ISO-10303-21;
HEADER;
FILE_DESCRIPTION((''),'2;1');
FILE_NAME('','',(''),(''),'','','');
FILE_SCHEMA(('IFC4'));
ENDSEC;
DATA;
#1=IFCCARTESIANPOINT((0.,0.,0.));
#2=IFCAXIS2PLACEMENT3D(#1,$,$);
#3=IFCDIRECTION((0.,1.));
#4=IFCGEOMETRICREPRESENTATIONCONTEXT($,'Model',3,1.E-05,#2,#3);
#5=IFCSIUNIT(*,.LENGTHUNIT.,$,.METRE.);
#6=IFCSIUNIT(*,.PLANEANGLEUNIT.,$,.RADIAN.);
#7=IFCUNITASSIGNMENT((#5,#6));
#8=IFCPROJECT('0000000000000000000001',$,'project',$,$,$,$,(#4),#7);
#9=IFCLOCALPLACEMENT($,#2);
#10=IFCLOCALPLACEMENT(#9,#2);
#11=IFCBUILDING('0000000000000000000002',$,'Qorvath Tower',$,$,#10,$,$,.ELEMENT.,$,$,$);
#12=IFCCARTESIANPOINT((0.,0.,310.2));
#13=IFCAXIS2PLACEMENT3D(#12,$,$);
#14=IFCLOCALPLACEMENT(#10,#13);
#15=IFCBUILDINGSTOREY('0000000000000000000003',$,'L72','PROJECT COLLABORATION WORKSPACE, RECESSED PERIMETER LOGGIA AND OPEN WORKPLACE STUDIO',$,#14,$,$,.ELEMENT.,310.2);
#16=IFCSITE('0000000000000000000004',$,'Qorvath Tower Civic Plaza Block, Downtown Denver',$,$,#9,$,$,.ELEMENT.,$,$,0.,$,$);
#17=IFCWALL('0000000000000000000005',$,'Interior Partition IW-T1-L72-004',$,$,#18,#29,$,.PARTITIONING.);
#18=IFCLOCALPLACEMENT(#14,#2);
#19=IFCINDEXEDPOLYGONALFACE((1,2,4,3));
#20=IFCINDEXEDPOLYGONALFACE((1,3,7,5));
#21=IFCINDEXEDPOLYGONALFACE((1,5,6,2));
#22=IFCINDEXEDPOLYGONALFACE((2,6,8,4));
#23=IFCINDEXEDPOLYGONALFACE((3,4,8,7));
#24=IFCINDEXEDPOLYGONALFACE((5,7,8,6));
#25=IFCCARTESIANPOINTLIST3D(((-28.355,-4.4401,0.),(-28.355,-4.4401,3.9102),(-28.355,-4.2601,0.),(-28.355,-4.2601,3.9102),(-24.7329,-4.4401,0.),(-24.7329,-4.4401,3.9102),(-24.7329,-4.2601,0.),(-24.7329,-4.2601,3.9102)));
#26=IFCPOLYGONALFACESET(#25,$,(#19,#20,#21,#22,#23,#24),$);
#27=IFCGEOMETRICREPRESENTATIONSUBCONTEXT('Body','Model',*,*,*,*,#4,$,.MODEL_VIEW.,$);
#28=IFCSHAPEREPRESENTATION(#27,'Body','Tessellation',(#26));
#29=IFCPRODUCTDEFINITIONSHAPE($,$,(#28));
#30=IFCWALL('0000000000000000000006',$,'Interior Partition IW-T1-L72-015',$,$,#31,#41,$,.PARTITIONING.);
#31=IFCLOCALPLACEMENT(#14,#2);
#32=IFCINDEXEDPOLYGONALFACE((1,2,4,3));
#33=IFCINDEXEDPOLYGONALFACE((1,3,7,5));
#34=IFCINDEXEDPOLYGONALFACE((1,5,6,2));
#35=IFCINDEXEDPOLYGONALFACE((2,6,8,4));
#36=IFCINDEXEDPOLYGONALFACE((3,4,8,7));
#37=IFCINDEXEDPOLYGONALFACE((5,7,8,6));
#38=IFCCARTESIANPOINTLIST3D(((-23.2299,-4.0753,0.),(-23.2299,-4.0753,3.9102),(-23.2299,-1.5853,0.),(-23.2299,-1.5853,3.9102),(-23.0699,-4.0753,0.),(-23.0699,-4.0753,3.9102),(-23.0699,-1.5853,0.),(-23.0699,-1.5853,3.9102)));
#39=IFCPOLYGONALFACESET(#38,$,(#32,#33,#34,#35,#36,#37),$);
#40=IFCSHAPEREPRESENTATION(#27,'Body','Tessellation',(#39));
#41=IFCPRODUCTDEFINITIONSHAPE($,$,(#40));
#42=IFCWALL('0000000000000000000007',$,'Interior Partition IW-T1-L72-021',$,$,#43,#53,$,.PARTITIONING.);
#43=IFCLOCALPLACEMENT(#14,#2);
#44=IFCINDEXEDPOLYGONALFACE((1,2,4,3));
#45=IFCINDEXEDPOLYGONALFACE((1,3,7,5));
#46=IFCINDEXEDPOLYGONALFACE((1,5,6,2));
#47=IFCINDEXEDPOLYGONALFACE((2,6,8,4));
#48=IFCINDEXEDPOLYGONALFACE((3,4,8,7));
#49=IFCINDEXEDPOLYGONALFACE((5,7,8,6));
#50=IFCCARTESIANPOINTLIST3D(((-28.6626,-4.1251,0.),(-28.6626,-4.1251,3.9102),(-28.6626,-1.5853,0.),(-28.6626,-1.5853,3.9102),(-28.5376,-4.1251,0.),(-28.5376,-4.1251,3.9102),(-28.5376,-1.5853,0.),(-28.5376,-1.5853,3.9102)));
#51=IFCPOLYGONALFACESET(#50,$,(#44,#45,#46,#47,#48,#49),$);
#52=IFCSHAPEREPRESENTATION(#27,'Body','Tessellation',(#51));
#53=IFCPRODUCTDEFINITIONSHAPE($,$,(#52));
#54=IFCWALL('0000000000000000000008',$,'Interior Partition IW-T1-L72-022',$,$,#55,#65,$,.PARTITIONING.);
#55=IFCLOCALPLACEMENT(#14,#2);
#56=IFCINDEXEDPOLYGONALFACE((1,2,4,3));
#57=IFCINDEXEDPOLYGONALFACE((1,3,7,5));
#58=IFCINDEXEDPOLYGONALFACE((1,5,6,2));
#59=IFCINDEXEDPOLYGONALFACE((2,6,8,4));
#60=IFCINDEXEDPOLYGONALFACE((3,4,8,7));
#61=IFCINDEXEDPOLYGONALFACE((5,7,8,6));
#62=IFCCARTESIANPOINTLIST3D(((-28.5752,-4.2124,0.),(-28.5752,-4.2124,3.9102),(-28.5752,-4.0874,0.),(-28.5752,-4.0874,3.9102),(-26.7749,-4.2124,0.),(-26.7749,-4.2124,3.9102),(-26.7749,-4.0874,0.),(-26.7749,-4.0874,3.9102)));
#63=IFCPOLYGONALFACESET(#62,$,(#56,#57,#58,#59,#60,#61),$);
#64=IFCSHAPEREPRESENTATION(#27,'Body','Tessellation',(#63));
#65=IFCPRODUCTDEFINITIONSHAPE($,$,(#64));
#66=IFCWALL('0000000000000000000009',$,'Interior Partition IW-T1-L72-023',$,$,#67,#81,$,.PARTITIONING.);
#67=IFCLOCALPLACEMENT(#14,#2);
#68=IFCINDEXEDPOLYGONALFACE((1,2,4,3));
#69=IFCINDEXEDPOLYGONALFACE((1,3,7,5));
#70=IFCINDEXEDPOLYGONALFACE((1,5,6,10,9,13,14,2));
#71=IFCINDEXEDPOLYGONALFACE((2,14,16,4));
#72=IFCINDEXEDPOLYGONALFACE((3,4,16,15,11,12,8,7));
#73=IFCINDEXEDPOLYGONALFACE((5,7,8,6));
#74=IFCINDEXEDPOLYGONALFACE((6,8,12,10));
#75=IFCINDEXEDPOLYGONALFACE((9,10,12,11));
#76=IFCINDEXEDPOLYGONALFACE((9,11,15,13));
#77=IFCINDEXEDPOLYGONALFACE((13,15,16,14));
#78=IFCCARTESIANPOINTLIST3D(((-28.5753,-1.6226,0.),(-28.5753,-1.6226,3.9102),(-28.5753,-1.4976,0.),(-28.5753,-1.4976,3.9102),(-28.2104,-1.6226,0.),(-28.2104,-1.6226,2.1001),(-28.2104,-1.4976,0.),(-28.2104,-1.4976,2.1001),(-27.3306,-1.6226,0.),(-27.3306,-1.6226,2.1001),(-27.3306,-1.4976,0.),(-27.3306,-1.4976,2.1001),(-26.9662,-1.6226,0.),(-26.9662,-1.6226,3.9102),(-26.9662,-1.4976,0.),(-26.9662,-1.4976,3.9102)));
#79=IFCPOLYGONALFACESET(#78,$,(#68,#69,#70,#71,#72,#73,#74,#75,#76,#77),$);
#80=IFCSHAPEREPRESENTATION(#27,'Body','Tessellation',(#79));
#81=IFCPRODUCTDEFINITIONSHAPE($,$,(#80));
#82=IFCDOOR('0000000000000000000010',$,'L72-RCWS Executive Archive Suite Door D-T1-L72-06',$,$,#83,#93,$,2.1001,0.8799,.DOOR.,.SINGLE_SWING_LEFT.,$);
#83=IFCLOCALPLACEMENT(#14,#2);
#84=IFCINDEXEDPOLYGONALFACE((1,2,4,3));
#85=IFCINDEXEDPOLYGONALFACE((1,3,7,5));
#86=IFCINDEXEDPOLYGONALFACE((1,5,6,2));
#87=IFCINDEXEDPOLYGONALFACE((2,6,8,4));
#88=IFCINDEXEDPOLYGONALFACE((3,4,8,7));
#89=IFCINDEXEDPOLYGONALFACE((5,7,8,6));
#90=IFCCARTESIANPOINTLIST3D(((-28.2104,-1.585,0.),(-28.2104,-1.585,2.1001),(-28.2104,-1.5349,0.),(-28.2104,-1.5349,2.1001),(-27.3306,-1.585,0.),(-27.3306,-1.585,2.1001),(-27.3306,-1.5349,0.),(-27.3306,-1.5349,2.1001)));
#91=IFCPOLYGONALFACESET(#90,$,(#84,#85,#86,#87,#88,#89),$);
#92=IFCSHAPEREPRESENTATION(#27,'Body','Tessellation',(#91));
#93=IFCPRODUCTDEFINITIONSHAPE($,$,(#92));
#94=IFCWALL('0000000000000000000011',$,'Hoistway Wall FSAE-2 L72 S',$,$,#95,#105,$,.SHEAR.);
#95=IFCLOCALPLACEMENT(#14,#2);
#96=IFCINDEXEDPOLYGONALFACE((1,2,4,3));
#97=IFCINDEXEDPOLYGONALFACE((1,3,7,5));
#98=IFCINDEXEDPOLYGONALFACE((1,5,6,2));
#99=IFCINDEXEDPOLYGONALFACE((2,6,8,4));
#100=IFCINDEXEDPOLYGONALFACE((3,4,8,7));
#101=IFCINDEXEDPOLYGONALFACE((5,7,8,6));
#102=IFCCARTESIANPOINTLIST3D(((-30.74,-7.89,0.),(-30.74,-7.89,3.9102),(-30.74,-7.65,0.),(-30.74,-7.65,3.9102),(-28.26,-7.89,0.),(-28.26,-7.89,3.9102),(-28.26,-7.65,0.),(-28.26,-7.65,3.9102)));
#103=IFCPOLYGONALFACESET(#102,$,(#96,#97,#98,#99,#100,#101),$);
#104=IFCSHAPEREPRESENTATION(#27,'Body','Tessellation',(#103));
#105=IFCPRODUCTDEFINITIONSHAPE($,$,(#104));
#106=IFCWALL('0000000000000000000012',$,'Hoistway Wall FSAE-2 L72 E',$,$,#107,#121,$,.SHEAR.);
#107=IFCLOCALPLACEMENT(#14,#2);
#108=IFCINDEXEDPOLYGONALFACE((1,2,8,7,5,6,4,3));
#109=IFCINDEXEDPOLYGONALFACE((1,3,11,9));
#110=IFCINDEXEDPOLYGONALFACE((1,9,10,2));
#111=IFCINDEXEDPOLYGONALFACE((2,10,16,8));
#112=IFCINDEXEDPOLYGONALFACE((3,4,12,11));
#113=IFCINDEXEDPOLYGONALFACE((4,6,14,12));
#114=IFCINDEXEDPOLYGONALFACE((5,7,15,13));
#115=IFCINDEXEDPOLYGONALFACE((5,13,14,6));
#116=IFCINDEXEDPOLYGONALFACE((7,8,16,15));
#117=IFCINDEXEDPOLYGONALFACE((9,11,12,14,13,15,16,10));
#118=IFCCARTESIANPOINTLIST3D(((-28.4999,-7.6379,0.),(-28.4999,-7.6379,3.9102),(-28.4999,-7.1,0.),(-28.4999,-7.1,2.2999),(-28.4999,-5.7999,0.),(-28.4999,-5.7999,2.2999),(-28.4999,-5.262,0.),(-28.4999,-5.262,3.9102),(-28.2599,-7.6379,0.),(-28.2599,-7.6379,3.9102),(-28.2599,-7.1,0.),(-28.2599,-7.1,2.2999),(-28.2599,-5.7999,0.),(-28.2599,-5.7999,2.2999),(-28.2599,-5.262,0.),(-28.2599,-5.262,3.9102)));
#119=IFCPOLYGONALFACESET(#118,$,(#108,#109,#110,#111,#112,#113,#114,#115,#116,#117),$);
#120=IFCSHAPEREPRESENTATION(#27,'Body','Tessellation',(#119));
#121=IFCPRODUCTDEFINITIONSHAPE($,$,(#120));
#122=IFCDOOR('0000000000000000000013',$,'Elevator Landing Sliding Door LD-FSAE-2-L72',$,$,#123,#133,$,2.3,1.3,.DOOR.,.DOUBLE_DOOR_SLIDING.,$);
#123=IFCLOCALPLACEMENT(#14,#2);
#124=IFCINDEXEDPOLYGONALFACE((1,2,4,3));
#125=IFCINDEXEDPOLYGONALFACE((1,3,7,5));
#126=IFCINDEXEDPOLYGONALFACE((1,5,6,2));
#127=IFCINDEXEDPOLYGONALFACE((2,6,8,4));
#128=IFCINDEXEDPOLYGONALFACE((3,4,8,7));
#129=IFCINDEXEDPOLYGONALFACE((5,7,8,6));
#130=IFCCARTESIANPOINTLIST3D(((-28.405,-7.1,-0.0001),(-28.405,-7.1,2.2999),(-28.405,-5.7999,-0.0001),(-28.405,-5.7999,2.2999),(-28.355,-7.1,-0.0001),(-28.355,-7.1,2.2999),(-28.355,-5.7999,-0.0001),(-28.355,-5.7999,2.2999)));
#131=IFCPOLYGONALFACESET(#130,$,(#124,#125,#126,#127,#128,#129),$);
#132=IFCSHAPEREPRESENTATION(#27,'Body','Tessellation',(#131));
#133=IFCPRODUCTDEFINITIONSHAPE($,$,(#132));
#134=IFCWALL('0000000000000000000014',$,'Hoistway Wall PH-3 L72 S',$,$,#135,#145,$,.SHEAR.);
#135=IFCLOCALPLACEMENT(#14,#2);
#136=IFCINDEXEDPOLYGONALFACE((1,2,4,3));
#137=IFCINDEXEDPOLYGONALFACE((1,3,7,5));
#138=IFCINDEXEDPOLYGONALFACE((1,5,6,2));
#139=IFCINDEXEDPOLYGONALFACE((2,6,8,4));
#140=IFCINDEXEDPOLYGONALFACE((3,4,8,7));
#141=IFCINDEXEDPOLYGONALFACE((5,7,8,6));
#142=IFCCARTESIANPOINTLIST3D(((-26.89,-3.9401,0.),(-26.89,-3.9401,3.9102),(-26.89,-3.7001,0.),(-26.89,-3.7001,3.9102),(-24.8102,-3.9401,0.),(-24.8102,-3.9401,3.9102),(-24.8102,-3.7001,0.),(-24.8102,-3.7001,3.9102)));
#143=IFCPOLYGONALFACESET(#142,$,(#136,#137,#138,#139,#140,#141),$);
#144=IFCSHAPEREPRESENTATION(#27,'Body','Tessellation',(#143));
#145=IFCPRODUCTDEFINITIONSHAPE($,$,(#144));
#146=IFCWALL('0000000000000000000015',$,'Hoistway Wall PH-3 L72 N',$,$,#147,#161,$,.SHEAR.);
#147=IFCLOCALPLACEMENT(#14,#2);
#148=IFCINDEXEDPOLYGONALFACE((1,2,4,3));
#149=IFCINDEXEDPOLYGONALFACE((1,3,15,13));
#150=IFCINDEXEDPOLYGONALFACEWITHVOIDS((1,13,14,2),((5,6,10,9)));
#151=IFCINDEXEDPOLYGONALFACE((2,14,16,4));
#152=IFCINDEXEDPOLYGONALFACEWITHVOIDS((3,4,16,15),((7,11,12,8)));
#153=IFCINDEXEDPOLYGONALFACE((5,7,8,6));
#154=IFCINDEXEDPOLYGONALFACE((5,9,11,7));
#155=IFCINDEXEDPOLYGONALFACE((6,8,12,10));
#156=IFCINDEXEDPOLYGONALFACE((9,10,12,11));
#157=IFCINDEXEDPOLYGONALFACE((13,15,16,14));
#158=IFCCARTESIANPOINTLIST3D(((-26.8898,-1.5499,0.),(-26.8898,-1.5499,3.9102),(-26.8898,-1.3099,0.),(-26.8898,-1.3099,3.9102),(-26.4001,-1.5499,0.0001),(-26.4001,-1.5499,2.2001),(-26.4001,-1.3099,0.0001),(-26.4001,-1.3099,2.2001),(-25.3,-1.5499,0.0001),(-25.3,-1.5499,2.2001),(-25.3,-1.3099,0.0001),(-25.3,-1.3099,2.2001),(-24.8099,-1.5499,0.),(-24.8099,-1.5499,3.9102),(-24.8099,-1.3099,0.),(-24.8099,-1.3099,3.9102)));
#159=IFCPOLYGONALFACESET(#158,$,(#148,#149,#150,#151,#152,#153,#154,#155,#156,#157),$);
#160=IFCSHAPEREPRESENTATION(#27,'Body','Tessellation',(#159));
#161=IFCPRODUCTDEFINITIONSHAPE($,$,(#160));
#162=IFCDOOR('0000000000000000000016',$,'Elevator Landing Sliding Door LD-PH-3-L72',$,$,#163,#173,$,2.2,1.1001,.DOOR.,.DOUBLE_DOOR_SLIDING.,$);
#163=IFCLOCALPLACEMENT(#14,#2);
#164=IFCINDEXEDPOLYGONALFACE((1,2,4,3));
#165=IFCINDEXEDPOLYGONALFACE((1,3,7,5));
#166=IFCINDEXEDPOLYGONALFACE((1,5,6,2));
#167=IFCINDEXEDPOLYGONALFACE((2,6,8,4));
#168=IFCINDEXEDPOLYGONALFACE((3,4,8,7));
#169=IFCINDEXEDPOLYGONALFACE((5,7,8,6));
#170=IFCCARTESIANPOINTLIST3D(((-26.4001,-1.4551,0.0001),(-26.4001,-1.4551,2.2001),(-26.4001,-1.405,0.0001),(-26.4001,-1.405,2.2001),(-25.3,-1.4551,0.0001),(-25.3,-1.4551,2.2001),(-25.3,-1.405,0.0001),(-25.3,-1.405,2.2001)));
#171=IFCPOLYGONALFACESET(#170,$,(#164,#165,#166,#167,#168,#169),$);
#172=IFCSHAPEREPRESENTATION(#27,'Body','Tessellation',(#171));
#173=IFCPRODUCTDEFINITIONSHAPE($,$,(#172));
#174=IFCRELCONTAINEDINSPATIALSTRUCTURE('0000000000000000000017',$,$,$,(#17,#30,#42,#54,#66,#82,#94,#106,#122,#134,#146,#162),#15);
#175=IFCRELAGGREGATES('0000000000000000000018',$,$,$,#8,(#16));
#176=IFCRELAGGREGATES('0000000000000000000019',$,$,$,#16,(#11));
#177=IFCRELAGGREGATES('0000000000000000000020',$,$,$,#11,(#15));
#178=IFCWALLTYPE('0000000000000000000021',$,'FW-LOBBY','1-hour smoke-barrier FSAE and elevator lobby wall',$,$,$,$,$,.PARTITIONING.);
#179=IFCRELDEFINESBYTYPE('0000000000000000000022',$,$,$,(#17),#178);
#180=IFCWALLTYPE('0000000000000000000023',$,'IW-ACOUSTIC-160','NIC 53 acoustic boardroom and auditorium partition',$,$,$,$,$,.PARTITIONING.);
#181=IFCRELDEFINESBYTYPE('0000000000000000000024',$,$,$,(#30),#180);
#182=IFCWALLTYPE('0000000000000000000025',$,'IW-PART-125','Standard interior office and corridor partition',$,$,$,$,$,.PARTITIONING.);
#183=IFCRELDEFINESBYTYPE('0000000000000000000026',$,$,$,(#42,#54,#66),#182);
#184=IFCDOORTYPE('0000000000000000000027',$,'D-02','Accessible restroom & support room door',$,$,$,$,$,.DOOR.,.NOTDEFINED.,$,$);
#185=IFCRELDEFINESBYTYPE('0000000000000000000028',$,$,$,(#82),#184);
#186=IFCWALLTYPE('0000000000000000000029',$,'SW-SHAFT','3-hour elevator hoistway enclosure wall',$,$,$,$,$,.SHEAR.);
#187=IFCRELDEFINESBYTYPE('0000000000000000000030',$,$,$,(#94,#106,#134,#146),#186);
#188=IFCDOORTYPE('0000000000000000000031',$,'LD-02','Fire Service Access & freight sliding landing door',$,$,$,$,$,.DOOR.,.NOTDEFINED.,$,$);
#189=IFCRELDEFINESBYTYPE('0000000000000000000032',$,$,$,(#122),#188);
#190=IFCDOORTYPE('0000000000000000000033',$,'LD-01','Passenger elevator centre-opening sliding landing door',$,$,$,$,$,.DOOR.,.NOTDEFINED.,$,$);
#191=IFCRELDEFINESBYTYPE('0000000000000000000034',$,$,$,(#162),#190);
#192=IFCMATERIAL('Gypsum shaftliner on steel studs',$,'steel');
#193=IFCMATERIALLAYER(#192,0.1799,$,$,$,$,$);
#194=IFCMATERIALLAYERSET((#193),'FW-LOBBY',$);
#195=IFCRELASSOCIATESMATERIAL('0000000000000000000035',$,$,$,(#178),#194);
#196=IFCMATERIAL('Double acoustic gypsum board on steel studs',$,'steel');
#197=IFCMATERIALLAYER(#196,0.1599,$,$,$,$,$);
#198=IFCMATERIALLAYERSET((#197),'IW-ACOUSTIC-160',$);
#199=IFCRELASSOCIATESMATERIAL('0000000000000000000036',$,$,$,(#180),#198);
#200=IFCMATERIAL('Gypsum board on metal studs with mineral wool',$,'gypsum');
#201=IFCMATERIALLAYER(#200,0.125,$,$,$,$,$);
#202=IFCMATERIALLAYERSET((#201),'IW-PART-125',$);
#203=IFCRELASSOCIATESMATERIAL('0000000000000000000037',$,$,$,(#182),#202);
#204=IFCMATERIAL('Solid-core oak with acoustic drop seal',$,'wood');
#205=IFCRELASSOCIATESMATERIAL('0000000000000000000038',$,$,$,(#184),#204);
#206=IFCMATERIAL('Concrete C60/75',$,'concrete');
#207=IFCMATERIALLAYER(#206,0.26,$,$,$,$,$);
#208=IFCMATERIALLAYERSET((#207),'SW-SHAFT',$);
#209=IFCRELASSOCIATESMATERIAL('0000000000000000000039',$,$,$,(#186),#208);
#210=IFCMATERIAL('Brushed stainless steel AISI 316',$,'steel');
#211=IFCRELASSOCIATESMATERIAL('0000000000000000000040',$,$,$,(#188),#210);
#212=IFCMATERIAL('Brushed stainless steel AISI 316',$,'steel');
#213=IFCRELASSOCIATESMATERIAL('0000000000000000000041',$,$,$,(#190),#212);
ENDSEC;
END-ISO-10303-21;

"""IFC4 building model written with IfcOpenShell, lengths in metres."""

from ifc_helpers import new_model, si_unit, direction, frame, frame_2d, origin, place, context, subcontext, project, spatial, rectangle, extrude, material, layer, layer_set, type_object, element, fill, save


model = new_model("IFC4")

# Units and contexts
model_context = context("Model", 3, precision=1e-05, world=origin(), true_north=direction((0.0, 1.0)))
body_context = subcontext(model_context, "Body", "Model", "MODEL_VIEW")
ifc_project = project(units=[si_unit("LENGTHUNIT", "METRE"), si_unit("PLANEANGLEUNIT", "RADIAN")], contexts=[model_context])

# Site, building, storey
site_placement = place(None, origin())
site = spatial("IfcSite", under=ifc_project, at=site_placement, Name="Qorvath Tower Civic Plaza Block, Downtown Denver", CompositionType="ELEMENT", RefElevation=0.0)
building_placement = place(site_placement, origin())
building = spatial("IfcBuilding", under=site, at=building_placement, Name="Qorvath Tower", CompositionType="ELEMENT")
storey_placement = place(building_placement, frame((0.0, 0.0, 310.2)))
storey = spatial("IfcBuildingStorey", under=building, at=storey_placement, Name="L72", Description="PROJECT COLLABORATION WORKSPACE, RECESSED PERIMETER LOGGIA AND OPEN WORKPLACE STUDIO", CompositionType="ELEMENT", Elevation=310.2)

# Shared definitions
ifc_material_1 = material(Name="Gypsum shaftliner on steel studs", Category="steel")
ifc_layer_1 = layer(ifc_material_1, 0.1799)
ifc_layer_set_1 = layer_set([ifc_layer_1], Name="FW-LOBBY")
wall_type_1 = type_object("IfcWallType", Name="FW-LOBBY", Description="1-hour smoke-barrier FSAE and elevator lobby wall", PredefinedType="PARTITIONING", material=ifc_layer_set_1)

# Walls
wall_1_placement = place(storey_placement, frame((-24.7329, -4.3501, 0.0), z_axis=(0.0, 0.0, 1.0), x_axis=(-1.0, 0.0, 0.0)))
element("IfcWall", 1, at=wall_1_placement, inside=storey, type_object=wall_type_1, Name="Interior Partition IW-T1-L72-004", PredefinedType="PARTITIONING", context=body_context, shape_type="SweptSolid", body=[
    extrude(rectangle(XDim=3.6221, YDim=0.1799, at=frame_2d((1.811, 0.0))), origin(), (0.0, 0.0, 1.0), 3.9102),
])
ifc_material_2 = material(Name="Double acoustic gypsum board on steel studs", Category="steel")
ifc_layer_2 = layer(ifc_material_2, 0.1599)
ifc_layer_set_2 = layer_set([ifc_layer_2], Name="IW-ACOUSTIC-160")
wall_type_2 = type_object("IfcWallType", Name="IW-ACOUSTIC-160", Description="NIC 53 acoustic boardroom and auditorium partition", PredefinedType="PARTITIONING", material=ifc_layer_set_2)
wall_2_placement = place(storey_placement, frame((-23.1499, -1.5852, 0.0), z_axis=(0.0, 0.0, 1.0), x_axis=(0.0, -1.0, 0.0)))
element("IfcWall", 2, at=wall_2_placement, inside=storey, type_object=wall_type_2, Name="Interior Partition IW-T1-L72-015", PredefinedType="PARTITIONING", context=body_context, shape_type="SweptSolid", body=[
    extrude(rectangle(XDim=2.49, YDim=0.1599, at=frame_2d((1.2451, 0.0))), origin(), (0.0, 0.0, 1.0), 3.9102),
])
ifc_material_3 = material(Name="Gypsum board on metal studs with mineral wool", Category="gypsum")
ifc_layer_3 = layer(ifc_material_3, 0.125)
ifc_layer_set_3 = layer_set([ifc_layer_3], Name="IW-PART-125")
wall_type_3 = type_object("IfcWallType", Name="IW-PART-125", Description="Standard interior office and corridor partition", PredefinedType="PARTITIONING", material=ifc_layer_set_3)
wall_3_placement = place(storey_placement, frame((-28.6001, -1.5852, 0.0), z_axis=(0.0, 0.0, 1.0), x_axis=(0.0, -1.0, 0.0)))
element("IfcWall", 3, at=wall_3_placement, inside=storey, type_object=wall_type_3, Name="Interior Partition IW-T1-L72-021", PredefinedType="PARTITIONING", context=body_context, shape_type="SweptSolid", body=[
    extrude(rectangle(XDim=2.5398, YDim=0.125, at=frame_2d((1.27, 0.0))), origin(), (0.0, 0.0, 1.0), 3.9102),
])
wall_4_placement = place(storey_placement, frame((-28.5752, -4.1499, 0.0), z_axis=(0.0, 0.0, 1.0), x_axis=(1.0, 0.0, 0.0)))
element("IfcWall", 4, at=wall_4_placement, inside=storey, type_object=wall_type_3, Name="Interior Partition IW-T1-L72-022", PredefinedType="PARTITIONING", context=body_context, shape_type="SweptSolid", body=[
    extrude(rectangle(XDim=1.8003, YDim=0.125, at=frame_2d((0.9001, 0.0))), origin(), (0.0, 0.0, 1.0), 3.9102),
])

# Wall, opening, door
wall_5_placement = place(storey_placement, frame((-26.9661, -1.5601, 0.0), z_axis=(0.0, 0.0, 1.0), x_axis=(-1.0, 0.0, 0.0)))
wall_5 = element("IfcWall", 5, at=wall_5_placement, inside=storey, type_object=wall_type_3, Name="Interior Partition IW-T1-L72-023", PredefinedType="PARTITIONING", context=body_context, shape_type="SweptSolid", body=[
    extrude(rectangle(XDim=1.6091, YDim=0.125, at=frame_2d((0.8047, 0.0))), origin(), (0.0, 0.0, 1.0), 3.9102),
])
opening_1_placement = place(wall_5_placement, frame((0.3645, 0.0, 0.0)))
opening_1 = element("IfcOpeningElement", 6, at=opening_1_placement, cuts=wall_5, PredefinedType="OPENING", context=body_context, shape_type="SweptSolid", body=[
    extrude(rectangle(XDim=0.8799, YDim=2.1001, at=frame_2d((0.4399, 1.05))), frame((0.0, 0.0725, 0.0), z_axis=(0.0, -1.0, 0.0), x_axis=(1.0, 0.0, 0.0)), (0.0, 0.0, 1.0), 0.145),
])
ifc_material_4 = material(Name="Solid-core oak with acoustic drop seal", Category="wood")
door_type_1 = type_object("IfcDoorType", Name="D-02", Description="Accessible restroom & support room door", OperationType="NOTDEFINED", PredefinedType="DOOR", material=ifc_material_4)
door_1_placement = place(opening_1_placement, origin())
door_1 = element("IfcDoor", 7, at=door_1_placement, inside=storey, type_object=door_type_1, Name="L72-RCWS Executive Archive Suite Door D-T1-L72-06", OperationType="SINGLE_SWING_LEFT", OverallHeight=2.1001, OverallWidth=0.8799, PredefinedType="DOOR", context=body_context, shape_type="SweptSolid", body=[
    extrude(rectangle(XDim=0.8799, YDim=2.1001, at=frame_2d((0.4399, 1.05))), frame((0.0, 0.0249, 0.0), z_axis=(0.0, -1.0, 0.0), x_axis=(1.0, 0.0, 0.0)), (0.0, 0.0, 1.0), 0.05),
])
fill(opening_1, door_1)

# Wall
ifc_material_5 = material(Name="Concrete C60/75", Category="concrete")
ifc_layer_4 = layer(ifc_material_5, 0.26)
ifc_layer_set_4 = layer_set([ifc_layer_4], Name="SW-SHAFT")
wall_type_4 = type_object("IfcWallType", Name="SW-SHAFT", Description="3-hour elevator hoistway enclosure wall", PredefinedType="SHEAR", material=ifc_layer_set_4)
wall_6_placement = place(storey_placement, frame((-28.26, -7.77, 0.0), z_axis=(0.0, 0.0, 1.0), x_axis=(-1.0, 0.0, 0.0)))
element("IfcWall", 8, at=wall_6_placement, inside=storey, type_object=wall_type_4, Name="Hoistway Wall FSAE-2 L72 S", PredefinedType="SHEAR", context=body_context, shape_type="SweptSolid", body=[
    extrude(rectangle(XDim=2.48, YDim=0.24, at=frame_2d((1.24, 0.0))), origin(), (0.0, 0.0, 1.0), 3.9102),
])

# Wall, opening, door
wall_7_placement = place(storey_placement, frame((-28.3799, -5.262, 0.0), z_axis=(0.0, 0.0, 1.0), x_axis=(0.0, -1.0, 0.0)))
wall_7 = element("IfcWall", 9, at=wall_7_placement, inside=storey, type_object=wall_type_4, Name="Hoistway Wall FSAE-2 L72 E", PredefinedType="SHEAR", context=body_context, shape_type="SweptSolid", body=[
    extrude(rectangle(XDim=2.376, YDim=0.24, at=frame_2d((1.188, 0.0))), origin(), (0.0, 0.0, 1.0), 3.9102),
])
opening_2_placement = place(wall_7_placement, frame((0.5381, 0.0, 0.0)))
opening_2 = element("IfcOpeningElement", 10, at=opening_2_placement, cuts=wall_7, PredefinedType="OPENING", context=body_context, shape_type="SweptSolid", body=[
    extrude(rectangle(XDim=1.3, YDim=2.3, at=frame_2d((0.6499, 1.1499))), frame((0.0, 0.1299, 0.0), z_axis=(0.0, -1.0, 0.0), x_axis=(1.0, 0.0, 0.0)), (0.0, 0.0, 1.0), 0.26),
])
ifc_material_6 = material(Name="Brushed stainless steel AISI 316", Category="steel")
door_type_2 = type_object("IfcDoorType", Name="LD-02", Description="Fire Service Access & freight sliding landing door", OperationType="NOTDEFINED", PredefinedType="DOOR", material=ifc_material_6)
door_2_placement = place(opening_2_placement, origin())
door_2 = element("IfcDoor", 11, at=door_2_placement, inside=storey, type_object=door_type_2, Name="Elevator Landing Sliding Door LD-FSAE-2-L72", OperationType="DOUBLE_DOOR_SLIDING", OverallHeight=2.3, OverallWidth=1.3, PredefinedType="DOOR", context=body_context, shape_type="SweptSolid", body=[
    extrude(rectangle(XDim=1.3, YDim=2.3, at=frame_2d((0.6499, 1.1499))), frame((0.0, 0.0249, 0.0), z_axis=(0.0, -1.0, 0.0), x_axis=(1.0, 0.0, 0.0)), (0.0, 0.0, 1.0), 0.05),
])
fill(opening_2, door_2)

# Wall
wall_8_placement = place(storey_placement, frame((-24.8101, -3.8201, 0.0), z_axis=(0.0, 0.0, 1.0), x_axis=(-1.0, 0.0, 0.0)))
element("IfcWall", 12, at=wall_8_placement, inside=storey, type_object=wall_type_4, Name="Hoistway Wall PH-3 L72 S", PredefinedType="SHEAR", context=body_context, shape_type="SweptSolid", body=[
    extrude(rectangle(XDim=2.0798, YDim=0.24, at=frame_2d((1.04, 0.0))), origin(), (0.0, 0.0, 1.0), 3.9102),
])

# Wall, opening, door
wall_9_placement = place(storey_placement, frame((-26.8899, -1.4299, 0.0), z_axis=(0.0, 0.0, 1.0), x_axis=(1.0, 0.0, 0.0)))
wall_9 = element("IfcWall", 13, at=wall_9_placement, inside=storey, type_object=wall_type_4, Name="Hoistway Wall PH-3 L72 N", PredefinedType="SHEAR", context=body_context, shape_type="SweptSolid", body=[
    extrude(rectangle(XDim=2.0798, YDim=0.24, at=frame_2d((1.04, 0.0))), origin(), (0.0, 0.0, 1.0), 3.9102),
])
opening_3_placement = place(wall_9_placement, frame((0.4897, 0.0, 0.0)))
opening_3 = element("IfcOpeningElement", 14, at=opening_3_placement, cuts=wall_9, PredefinedType="OPENING", context=body_context, shape_type="SweptSolid", body=[
    extrude(rectangle(XDim=1.1001, YDim=2.2, at=frame_2d((0.55, 1.1001))), frame((0.0, 0.1299, 0.0), z_axis=(0.0, -1.0, 0.0), x_axis=(1.0, 0.0, 0.0)), (0.0, 0.0, 1.0), 0.26),
])
ifc_material_7 = material(Name="Brushed stainless steel AISI 316", Category="steel")
door_type_3 = type_object("IfcDoorType", Name="LD-01", Description="Passenger elevator centre-opening sliding landing door", OperationType="NOTDEFINED", PredefinedType="DOOR", material=ifc_material_7)
door_3_placement = place(opening_3_placement, origin())
door_3 = element("IfcDoor", 15, at=door_3_placement, inside=storey, type_object=door_type_3, Name="Elevator Landing Sliding Door LD-PH-3-L72", OperationType="DOUBLE_DOOR_SLIDING", OverallHeight=2.2, OverallWidth=1.1001, PredefinedType="DOOR", context=body_context, shape_type="SweptSolid", body=[
    extrude(rectangle(XDim=1.1001, YDim=2.2, at=frame_2d((0.55, 1.1001))), frame((0.0, 0.0249, 0.0), z_axis=(0.0, -1.0, 0.0), x_axis=(1.0, 0.0, 0.0)), (0.0, 0.0, 1.0), 0.05),
])
fill(opening_3, door_3)

save(model, "model.ifc")
